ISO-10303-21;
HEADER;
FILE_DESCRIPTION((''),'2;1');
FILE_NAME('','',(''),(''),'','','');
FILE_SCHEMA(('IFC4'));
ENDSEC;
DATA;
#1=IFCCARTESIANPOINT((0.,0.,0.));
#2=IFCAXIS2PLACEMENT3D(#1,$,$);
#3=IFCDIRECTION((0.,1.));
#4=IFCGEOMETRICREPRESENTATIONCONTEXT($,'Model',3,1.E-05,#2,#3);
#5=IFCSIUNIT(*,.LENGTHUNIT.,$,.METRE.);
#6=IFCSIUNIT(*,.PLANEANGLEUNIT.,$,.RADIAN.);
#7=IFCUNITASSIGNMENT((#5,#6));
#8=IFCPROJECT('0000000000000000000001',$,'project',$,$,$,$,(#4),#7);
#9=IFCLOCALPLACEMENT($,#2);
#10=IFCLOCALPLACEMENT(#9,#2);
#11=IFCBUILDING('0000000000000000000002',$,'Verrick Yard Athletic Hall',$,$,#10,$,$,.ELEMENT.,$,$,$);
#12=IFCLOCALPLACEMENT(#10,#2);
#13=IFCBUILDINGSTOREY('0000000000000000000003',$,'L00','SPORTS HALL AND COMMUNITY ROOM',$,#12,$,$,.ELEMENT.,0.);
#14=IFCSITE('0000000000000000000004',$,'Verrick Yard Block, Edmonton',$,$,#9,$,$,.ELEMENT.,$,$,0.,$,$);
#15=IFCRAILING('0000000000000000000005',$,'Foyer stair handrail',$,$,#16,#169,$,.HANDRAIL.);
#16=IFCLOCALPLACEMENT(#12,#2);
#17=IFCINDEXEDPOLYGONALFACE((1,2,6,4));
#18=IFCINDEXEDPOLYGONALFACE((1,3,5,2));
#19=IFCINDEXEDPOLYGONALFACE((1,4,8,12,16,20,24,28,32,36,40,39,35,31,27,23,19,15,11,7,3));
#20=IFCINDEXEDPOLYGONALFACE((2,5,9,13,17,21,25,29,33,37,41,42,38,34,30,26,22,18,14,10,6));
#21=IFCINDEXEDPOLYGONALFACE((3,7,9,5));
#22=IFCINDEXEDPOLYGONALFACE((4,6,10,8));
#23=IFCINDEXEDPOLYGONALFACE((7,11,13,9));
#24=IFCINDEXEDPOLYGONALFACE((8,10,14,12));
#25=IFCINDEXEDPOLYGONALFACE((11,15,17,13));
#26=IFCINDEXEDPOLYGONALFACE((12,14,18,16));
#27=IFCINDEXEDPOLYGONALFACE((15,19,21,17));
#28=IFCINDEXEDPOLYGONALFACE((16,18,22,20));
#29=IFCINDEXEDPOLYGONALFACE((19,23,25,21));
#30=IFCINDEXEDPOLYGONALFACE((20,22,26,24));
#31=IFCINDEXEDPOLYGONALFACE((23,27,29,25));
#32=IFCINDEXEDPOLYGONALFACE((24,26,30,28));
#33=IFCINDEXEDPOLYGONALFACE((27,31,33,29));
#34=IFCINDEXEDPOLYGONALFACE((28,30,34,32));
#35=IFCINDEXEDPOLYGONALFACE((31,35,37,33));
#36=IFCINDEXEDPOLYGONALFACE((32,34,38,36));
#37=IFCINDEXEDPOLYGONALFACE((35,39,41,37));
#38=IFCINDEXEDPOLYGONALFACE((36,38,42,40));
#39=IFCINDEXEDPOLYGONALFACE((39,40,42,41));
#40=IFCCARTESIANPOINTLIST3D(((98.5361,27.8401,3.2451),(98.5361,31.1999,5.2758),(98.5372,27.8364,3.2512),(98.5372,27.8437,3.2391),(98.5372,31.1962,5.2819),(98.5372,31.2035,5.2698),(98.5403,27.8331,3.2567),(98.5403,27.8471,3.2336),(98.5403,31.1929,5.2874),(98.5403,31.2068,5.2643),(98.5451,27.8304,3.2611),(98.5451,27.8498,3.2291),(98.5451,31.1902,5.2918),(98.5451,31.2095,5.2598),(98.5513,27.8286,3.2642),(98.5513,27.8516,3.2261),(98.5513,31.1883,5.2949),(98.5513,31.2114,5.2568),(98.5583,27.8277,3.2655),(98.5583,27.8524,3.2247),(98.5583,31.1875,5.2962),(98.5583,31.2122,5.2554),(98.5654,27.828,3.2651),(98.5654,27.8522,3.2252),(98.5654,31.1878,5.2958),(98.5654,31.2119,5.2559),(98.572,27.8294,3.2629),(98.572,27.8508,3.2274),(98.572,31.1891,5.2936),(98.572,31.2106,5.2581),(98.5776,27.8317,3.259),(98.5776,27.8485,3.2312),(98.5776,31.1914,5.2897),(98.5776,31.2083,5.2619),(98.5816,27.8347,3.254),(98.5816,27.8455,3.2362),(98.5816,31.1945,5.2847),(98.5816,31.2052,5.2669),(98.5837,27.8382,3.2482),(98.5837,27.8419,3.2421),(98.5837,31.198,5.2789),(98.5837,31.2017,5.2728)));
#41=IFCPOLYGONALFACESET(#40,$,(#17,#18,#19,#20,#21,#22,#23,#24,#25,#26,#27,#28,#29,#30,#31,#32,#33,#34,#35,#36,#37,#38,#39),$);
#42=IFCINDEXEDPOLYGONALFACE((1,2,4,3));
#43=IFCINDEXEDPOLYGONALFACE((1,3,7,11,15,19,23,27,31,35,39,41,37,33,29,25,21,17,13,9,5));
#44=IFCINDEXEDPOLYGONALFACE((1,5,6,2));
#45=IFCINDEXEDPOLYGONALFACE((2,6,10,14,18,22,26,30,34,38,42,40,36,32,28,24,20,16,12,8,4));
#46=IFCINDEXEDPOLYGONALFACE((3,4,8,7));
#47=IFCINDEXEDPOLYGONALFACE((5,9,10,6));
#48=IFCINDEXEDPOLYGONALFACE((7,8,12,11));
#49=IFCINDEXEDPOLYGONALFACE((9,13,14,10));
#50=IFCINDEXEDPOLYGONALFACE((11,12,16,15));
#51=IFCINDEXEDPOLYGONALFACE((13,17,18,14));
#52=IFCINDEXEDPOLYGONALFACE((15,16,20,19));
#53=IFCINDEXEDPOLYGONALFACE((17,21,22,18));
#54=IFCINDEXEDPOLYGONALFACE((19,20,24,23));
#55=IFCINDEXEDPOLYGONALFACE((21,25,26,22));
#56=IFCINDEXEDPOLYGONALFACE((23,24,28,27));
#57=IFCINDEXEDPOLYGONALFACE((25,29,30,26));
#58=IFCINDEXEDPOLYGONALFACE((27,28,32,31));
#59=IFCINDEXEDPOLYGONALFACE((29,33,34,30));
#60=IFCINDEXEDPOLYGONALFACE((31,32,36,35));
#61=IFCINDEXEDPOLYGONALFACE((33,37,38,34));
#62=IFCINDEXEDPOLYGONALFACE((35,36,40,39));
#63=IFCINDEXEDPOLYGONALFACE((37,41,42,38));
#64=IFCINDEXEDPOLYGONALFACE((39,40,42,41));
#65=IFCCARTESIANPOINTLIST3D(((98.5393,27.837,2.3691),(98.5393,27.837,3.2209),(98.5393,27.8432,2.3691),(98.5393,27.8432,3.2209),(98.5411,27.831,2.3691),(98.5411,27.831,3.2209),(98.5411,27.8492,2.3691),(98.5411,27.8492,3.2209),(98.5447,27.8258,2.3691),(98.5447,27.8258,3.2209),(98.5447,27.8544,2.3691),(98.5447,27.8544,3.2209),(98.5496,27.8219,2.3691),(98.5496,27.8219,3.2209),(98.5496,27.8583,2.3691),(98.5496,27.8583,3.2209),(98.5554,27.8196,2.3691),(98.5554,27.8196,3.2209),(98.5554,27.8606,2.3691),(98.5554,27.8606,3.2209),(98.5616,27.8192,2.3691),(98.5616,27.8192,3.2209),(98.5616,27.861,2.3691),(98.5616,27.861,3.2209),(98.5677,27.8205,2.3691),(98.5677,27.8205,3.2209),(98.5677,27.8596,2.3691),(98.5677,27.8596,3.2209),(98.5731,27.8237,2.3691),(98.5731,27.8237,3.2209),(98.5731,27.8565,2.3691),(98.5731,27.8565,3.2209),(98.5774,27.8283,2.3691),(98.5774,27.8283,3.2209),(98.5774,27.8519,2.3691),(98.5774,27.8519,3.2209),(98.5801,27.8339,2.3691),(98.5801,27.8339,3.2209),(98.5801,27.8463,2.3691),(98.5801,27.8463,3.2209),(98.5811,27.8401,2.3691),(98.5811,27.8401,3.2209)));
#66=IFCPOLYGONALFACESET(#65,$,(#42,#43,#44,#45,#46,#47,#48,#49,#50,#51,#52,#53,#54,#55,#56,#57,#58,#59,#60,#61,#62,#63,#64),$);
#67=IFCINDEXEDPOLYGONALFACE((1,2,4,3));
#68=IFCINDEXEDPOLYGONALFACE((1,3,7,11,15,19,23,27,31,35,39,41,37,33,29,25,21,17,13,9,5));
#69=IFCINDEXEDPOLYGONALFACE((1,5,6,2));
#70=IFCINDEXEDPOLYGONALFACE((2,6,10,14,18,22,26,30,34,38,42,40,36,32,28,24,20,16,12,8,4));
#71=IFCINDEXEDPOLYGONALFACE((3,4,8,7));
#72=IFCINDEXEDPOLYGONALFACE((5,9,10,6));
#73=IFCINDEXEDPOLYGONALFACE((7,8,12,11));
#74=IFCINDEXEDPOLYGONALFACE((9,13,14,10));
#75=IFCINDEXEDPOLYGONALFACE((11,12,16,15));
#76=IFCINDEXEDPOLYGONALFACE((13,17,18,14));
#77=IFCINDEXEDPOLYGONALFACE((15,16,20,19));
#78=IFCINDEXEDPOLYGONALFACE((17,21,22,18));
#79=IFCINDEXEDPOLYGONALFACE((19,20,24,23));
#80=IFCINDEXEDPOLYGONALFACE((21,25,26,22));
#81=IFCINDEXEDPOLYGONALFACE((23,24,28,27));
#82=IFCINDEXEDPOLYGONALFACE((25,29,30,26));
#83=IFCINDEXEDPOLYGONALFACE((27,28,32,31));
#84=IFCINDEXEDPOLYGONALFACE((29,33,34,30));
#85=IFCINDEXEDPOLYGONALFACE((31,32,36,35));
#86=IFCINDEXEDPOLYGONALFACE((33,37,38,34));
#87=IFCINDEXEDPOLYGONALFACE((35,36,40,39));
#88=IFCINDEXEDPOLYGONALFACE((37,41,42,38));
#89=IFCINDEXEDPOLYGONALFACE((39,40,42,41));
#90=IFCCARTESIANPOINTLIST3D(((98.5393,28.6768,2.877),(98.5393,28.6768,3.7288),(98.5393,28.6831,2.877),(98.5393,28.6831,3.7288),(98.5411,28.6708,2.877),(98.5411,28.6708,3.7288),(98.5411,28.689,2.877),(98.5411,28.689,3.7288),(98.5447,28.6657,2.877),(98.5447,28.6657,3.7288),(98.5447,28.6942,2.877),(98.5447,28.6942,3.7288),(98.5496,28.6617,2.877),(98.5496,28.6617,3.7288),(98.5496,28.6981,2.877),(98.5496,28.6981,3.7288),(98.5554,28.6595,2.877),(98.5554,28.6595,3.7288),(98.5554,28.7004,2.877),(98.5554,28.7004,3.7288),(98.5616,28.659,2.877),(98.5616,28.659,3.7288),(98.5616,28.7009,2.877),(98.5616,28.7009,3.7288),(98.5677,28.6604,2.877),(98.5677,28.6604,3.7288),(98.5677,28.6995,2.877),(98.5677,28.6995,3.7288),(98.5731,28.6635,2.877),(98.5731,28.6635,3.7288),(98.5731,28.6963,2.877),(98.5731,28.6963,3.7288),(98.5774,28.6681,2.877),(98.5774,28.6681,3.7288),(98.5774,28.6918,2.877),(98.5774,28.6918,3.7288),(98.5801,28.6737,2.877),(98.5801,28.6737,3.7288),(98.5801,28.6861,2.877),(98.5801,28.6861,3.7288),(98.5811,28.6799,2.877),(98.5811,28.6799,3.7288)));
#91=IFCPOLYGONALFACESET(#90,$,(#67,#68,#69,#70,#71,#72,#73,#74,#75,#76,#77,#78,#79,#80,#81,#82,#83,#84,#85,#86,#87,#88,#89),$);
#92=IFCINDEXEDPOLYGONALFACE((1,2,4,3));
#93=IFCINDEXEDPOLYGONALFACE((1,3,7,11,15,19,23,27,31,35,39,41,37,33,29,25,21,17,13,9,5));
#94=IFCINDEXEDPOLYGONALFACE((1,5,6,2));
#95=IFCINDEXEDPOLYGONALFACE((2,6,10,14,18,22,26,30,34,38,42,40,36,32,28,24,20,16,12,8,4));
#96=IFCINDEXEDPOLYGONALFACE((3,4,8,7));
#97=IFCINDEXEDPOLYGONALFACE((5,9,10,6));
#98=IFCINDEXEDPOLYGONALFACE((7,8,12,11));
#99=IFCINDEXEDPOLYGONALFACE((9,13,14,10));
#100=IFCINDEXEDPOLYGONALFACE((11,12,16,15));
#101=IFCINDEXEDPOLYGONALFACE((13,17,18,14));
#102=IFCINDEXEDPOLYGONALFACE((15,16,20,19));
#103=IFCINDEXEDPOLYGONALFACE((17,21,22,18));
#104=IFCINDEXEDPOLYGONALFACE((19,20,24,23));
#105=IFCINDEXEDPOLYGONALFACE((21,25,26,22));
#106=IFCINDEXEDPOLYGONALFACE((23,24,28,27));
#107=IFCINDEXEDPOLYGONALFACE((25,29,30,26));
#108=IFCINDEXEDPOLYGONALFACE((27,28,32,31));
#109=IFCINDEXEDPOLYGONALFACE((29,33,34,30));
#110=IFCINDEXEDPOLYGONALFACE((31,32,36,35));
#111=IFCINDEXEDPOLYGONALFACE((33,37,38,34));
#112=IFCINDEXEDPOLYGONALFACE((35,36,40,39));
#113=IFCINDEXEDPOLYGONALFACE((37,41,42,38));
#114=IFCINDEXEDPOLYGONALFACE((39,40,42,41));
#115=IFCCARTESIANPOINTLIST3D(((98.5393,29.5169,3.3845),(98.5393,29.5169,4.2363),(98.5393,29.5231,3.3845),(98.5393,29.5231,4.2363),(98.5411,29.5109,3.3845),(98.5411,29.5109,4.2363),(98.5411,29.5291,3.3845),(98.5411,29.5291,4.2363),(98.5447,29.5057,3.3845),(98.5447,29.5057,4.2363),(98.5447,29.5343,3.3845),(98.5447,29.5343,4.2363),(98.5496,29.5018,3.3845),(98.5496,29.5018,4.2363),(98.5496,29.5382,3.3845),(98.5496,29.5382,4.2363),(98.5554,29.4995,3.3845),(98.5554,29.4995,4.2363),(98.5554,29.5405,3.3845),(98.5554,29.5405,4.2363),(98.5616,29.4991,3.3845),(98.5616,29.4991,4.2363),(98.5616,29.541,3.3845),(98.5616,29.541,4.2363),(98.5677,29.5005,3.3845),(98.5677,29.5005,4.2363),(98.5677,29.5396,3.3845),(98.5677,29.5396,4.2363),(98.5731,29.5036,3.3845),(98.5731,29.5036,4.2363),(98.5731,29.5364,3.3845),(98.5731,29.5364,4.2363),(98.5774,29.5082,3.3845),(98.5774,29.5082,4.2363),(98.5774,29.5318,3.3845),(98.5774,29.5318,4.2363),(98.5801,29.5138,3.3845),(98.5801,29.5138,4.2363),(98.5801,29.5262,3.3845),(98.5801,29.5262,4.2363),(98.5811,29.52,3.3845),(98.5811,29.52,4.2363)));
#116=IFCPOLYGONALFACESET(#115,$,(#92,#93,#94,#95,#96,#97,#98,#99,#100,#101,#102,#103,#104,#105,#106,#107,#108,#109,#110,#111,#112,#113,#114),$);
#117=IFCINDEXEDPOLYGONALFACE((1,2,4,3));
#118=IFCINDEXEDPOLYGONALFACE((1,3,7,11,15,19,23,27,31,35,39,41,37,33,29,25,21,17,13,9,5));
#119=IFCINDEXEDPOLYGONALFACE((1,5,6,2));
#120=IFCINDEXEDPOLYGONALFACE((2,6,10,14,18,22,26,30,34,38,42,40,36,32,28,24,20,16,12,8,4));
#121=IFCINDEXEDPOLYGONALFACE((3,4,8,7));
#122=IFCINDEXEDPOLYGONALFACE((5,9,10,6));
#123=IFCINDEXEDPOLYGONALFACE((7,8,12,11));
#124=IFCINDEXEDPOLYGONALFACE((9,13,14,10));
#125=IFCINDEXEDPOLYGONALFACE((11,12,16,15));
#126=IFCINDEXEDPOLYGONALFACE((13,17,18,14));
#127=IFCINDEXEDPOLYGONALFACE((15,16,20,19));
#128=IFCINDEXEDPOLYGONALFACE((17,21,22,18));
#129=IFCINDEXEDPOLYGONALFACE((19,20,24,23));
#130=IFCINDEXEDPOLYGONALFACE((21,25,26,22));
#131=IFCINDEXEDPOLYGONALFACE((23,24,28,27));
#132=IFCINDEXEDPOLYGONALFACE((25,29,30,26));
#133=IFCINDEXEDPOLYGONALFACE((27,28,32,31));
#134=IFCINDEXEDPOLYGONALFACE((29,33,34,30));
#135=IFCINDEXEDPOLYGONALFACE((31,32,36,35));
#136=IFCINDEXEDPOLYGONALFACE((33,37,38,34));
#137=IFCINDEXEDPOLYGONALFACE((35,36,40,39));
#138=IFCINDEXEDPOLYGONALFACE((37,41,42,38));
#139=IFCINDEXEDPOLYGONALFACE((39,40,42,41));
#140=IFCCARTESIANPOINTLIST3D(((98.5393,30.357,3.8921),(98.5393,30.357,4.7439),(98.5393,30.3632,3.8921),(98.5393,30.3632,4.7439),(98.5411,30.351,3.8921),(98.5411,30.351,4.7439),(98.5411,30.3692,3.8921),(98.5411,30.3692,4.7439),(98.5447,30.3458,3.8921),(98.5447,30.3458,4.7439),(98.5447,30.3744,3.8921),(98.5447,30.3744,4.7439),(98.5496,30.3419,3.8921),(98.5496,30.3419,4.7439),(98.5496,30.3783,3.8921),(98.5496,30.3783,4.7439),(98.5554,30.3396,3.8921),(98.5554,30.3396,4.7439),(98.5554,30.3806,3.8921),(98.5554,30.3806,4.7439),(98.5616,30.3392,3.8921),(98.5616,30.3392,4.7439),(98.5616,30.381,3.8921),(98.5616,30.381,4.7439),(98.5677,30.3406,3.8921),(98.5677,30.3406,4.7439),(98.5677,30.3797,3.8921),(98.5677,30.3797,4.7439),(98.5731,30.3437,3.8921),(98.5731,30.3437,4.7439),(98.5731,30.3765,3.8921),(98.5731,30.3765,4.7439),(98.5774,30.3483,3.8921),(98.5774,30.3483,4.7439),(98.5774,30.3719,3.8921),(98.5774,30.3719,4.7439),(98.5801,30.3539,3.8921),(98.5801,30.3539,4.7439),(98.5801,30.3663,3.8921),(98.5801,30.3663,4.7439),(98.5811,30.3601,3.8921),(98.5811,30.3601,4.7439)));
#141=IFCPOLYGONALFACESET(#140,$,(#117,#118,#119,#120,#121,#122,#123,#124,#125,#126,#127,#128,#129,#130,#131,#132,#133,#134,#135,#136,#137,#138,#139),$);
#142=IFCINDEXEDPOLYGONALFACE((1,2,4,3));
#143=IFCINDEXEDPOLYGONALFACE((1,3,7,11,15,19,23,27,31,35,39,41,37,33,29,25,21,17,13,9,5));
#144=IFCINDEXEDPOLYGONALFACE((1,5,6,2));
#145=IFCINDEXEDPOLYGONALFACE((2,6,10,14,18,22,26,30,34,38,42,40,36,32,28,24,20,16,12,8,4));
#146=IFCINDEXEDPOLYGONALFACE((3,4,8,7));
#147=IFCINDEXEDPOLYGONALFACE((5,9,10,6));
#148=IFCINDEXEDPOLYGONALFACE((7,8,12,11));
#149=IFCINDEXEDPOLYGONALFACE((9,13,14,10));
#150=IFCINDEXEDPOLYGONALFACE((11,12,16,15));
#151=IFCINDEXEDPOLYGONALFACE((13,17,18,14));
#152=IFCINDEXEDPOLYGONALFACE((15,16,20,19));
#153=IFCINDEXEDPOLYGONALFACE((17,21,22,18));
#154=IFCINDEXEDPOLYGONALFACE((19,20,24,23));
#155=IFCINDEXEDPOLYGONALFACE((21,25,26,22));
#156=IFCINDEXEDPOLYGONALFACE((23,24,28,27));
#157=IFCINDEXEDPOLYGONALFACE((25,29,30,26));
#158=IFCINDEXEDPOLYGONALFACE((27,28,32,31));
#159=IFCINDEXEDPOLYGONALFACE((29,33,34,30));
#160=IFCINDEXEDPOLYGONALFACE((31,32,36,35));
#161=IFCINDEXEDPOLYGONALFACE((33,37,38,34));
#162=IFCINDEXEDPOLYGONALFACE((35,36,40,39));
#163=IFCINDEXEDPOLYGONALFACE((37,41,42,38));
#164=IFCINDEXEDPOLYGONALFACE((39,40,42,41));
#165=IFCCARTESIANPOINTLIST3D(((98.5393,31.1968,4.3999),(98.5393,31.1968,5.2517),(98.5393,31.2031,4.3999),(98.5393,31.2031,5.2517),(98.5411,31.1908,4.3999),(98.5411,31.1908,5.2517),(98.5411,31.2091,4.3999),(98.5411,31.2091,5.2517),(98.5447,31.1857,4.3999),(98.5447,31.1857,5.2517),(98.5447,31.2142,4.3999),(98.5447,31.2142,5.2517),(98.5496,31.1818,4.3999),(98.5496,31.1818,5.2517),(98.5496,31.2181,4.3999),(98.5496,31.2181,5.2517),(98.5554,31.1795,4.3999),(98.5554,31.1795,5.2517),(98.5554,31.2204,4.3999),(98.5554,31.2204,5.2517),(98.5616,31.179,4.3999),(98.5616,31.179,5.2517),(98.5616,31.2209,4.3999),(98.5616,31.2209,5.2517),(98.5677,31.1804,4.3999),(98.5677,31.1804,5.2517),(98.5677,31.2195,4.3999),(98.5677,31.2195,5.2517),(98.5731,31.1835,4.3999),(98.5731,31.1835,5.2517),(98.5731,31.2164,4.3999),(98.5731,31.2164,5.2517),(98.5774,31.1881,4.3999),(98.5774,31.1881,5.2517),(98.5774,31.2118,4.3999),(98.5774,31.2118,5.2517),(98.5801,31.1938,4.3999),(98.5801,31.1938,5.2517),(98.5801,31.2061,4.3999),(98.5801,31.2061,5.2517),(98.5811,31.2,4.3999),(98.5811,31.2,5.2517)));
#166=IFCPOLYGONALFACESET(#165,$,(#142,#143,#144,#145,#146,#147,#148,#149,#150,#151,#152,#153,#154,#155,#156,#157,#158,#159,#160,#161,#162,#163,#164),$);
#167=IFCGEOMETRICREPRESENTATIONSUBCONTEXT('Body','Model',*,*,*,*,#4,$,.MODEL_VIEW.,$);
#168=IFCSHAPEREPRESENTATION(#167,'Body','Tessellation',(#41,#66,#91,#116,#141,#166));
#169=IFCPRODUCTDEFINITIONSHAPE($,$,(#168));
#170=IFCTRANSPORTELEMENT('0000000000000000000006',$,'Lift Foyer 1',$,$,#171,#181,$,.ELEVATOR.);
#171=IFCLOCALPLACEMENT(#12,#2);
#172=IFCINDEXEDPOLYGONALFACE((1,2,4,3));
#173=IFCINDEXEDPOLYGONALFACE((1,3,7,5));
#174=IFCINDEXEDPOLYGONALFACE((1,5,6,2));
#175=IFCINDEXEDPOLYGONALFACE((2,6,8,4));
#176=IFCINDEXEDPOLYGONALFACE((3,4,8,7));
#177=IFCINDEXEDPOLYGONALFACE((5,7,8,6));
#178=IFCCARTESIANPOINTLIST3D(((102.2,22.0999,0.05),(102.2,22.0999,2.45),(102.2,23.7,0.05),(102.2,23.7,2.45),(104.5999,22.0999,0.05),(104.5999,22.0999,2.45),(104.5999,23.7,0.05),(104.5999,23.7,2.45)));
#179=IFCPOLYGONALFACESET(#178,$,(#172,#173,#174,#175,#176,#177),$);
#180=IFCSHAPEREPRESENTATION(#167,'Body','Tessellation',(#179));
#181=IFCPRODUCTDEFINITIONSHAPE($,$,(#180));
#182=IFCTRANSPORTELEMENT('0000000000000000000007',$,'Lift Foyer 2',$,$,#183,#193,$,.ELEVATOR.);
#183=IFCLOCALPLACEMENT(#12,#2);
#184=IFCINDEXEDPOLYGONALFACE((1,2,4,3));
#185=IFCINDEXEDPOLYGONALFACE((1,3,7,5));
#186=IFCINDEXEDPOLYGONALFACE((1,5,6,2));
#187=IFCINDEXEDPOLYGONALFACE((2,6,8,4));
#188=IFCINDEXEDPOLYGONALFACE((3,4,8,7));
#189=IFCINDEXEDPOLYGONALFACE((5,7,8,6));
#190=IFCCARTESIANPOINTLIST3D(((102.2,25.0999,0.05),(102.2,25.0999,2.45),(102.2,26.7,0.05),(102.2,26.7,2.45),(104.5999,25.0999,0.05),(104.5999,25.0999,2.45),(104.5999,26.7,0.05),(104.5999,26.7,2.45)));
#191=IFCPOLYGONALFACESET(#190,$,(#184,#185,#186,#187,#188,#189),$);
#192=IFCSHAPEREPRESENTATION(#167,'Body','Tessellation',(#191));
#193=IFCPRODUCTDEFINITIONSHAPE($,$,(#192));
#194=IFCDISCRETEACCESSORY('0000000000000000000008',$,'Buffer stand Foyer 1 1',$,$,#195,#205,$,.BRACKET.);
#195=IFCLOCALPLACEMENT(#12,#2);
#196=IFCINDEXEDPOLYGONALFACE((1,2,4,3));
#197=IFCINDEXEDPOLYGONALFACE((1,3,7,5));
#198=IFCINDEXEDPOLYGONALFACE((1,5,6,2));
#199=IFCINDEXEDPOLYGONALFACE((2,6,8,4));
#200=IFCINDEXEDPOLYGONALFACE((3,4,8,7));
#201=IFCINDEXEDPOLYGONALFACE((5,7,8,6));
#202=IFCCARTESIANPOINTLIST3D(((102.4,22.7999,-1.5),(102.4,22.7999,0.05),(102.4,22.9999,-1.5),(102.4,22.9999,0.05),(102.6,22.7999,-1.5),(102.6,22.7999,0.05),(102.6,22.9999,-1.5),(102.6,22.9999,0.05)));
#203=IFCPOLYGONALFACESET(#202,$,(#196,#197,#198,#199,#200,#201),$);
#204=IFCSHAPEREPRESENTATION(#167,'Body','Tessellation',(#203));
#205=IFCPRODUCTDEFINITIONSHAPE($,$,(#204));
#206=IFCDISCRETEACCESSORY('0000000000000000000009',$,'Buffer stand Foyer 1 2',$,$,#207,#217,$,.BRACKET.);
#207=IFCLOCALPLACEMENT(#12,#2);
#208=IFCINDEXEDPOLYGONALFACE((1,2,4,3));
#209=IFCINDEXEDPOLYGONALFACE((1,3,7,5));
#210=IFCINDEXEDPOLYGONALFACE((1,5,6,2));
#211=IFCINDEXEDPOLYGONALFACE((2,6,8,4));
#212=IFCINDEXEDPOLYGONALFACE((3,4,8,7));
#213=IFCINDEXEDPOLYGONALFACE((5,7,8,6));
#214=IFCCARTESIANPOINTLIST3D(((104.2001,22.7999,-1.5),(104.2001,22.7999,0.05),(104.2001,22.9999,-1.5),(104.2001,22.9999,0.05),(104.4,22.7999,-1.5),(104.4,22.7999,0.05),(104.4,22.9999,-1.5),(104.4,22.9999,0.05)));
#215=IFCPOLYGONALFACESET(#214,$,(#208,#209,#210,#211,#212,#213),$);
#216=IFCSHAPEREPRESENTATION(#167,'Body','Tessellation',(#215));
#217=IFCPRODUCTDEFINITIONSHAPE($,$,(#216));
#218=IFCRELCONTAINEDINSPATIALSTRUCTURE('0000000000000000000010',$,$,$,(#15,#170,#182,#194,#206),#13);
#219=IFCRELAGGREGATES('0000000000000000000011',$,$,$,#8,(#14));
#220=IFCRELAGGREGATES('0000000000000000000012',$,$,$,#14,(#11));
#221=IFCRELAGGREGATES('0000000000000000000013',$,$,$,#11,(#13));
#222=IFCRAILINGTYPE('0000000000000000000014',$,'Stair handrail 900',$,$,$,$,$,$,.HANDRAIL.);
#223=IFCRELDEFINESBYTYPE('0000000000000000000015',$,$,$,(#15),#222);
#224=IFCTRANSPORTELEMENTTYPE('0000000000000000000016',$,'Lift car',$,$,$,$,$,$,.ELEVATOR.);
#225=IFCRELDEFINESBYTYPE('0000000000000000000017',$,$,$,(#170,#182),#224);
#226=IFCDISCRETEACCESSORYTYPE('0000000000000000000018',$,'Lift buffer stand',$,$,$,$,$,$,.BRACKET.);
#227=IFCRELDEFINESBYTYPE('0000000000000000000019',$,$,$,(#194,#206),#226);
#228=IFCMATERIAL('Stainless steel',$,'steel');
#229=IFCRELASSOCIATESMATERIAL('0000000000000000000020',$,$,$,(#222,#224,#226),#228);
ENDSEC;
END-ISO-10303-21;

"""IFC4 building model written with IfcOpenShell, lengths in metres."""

from ifc_helpers import new_model, si_unit, direction, frame, origin, origin_2d, place, context, subcontext, project, spatial, rectangle, circle, extrude, material, type_object, element, save


model = new_model("IFC4")

# Units and contexts
model_context = context("Model", 3, precision=1e-05, world=origin(), true_north=direction((0.0, 1.0)))
body_context = subcontext(model_context, "Body", "Model", "MODEL_VIEW")
ifc_project = project(units=[si_unit("LENGTHUNIT", "METRE"), si_unit("PLANEANGLEUNIT", "RADIAN")], contexts=[model_context])

# Site, building, storey
site_placement = place(None, origin())
site = spatial("IfcSite", under=ifc_project, at=site_placement, Name="Verrick Yard Block, Edmonton", CompositionType="ELEMENT", RefElevation=0.0)
building_placement = place(site_placement, origin())
building = spatial("IfcBuilding", under=site, at=building_placement, Name="Verrick Yard Athletic Hall", CompositionType="ELEMENT")
storey_placement = place(building_placement, origin())
storey = spatial("IfcBuildingStorey", under=building, at=storey_placement, Name="L00", Description="SPORTS HALL AND COMMUNITY ROOM", CompositionType="ELEMENT", Elevation=0.0)

# Railing
ifc_material_1 = material(Name="Stainless steel", Category="steel")
railing_type_1 = type_object("IfcRailingType", Name="Stair handrail 900", PredefinedType="HANDRAIL", material=ifc_material_1)
railing_1_placement = place(storey_placement, frame((98.5601, 27.8401, 2.3691)))
element("IfcRailing", 1, at=railing_1_placement, inside=storey, type_object=railing_type_1, Name="Foyer stair handrail", PredefinedType="HANDRAIL", context=body_context, shape_type="SweptSolid", body=[
    extrude(circle(Radius=0.0239, at=origin_2d()), frame((0.0, 0.0, 0.876), z_axis=(0.0, 0.85582, 0.517273), x_axis=(-1.0, 0.0, 0.0)), (0.0, 0.0, 1.0), 3.9258),
    extrude(circle(Radius=0.021, at=origin_2d()), origin(), (0.0, 0.0, 1.0), 0.8518),
    extrude(circle(Radius=0.021, at=origin_2d()), frame((0.0, 0.8398, 0.5078)), (0.0, 0.0, 1.0), 0.8518),
    extrude(circle(Radius=0.021, at=origin_2d()), frame((0.0, 1.6799, 1.0154)), (0.0, 0.0, 1.0), 0.8518),
    extrude(circle(Radius=0.021, at=origin_2d()), frame((0.0, 2.52, 1.5229)), (0.0, 0.0, 1.0), 0.8518),
    extrude(circle(Radius=0.021, at=origin_2d()), frame((0.0, 3.3599, 2.0308)), (0.0, 0.0, 1.0), 0.8518),
])

# Transport elements
transport_element_type = type_object("IfcTransportElementType", Name="Lift car", PredefinedType="ELEVATOR", material=ifc_material_1)
for number, where, z_axis, x_axis, name in (
    (2, (103.3999, 22.8999, 0.05), (0.0, 0.0, 1.0), (1.0, 0.0, 0.0), "Lift Foyer 1"),
    (3, (103.3999, 25.8999, 0.05), (0.0, 0.0, 1.0), (1.0, 0.0, 0.0), "Lift Foyer 2"),
):
    element("IfcTransportElement", number, at=place(storey_placement, frame(where, z_axis=z_axis, x_axis=x_axis)), inside=storey, type_object=transport_element_type, Name=name, PredefinedType="ELEVATOR", context=body_context, shape_type="SweptSolid", body=[
        extrude(rectangle(XDim=2.3999, YDim=1.6001, at=origin_2d()), origin(), (0.0, 0.0, 1.0), 2.3999),
    ])

# Discrete accessories
discrete_accessory_type = type_object("IfcDiscreteAccessoryType", Name="Lift buffer stand", PredefinedType="BRACKET", material=ifc_material_1)
for number, where, z_axis, x_axis, name in (
    (4, (102.5, 22.8999, -1.5), (0.0, 0.0, 1.0), (1.0, 0.0, 0.0), "Buffer stand Foyer 1 1"),
    (5, (104.3, 22.8999, -1.5), (0.0, 0.0, 1.0), (1.0, 0.0, 0.0), "Buffer stand Foyer 1 2"),
):
    element("IfcDiscreteAccessory", number, at=place(storey_placement, frame(where, z_axis=z_axis, x_axis=x_axis)), inside=storey, type_object=discrete_accessory_type, Name=name, PredefinedType="BRACKET", context=body_context, shape_type="SweptSolid", body=[
        extrude(rectangle(XDim=0.2, YDim=0.2, at=origin_2d()), origin(), (0.0, 0.0, 1.0), 1.55),
    ])

save(model, "model.ifc")
